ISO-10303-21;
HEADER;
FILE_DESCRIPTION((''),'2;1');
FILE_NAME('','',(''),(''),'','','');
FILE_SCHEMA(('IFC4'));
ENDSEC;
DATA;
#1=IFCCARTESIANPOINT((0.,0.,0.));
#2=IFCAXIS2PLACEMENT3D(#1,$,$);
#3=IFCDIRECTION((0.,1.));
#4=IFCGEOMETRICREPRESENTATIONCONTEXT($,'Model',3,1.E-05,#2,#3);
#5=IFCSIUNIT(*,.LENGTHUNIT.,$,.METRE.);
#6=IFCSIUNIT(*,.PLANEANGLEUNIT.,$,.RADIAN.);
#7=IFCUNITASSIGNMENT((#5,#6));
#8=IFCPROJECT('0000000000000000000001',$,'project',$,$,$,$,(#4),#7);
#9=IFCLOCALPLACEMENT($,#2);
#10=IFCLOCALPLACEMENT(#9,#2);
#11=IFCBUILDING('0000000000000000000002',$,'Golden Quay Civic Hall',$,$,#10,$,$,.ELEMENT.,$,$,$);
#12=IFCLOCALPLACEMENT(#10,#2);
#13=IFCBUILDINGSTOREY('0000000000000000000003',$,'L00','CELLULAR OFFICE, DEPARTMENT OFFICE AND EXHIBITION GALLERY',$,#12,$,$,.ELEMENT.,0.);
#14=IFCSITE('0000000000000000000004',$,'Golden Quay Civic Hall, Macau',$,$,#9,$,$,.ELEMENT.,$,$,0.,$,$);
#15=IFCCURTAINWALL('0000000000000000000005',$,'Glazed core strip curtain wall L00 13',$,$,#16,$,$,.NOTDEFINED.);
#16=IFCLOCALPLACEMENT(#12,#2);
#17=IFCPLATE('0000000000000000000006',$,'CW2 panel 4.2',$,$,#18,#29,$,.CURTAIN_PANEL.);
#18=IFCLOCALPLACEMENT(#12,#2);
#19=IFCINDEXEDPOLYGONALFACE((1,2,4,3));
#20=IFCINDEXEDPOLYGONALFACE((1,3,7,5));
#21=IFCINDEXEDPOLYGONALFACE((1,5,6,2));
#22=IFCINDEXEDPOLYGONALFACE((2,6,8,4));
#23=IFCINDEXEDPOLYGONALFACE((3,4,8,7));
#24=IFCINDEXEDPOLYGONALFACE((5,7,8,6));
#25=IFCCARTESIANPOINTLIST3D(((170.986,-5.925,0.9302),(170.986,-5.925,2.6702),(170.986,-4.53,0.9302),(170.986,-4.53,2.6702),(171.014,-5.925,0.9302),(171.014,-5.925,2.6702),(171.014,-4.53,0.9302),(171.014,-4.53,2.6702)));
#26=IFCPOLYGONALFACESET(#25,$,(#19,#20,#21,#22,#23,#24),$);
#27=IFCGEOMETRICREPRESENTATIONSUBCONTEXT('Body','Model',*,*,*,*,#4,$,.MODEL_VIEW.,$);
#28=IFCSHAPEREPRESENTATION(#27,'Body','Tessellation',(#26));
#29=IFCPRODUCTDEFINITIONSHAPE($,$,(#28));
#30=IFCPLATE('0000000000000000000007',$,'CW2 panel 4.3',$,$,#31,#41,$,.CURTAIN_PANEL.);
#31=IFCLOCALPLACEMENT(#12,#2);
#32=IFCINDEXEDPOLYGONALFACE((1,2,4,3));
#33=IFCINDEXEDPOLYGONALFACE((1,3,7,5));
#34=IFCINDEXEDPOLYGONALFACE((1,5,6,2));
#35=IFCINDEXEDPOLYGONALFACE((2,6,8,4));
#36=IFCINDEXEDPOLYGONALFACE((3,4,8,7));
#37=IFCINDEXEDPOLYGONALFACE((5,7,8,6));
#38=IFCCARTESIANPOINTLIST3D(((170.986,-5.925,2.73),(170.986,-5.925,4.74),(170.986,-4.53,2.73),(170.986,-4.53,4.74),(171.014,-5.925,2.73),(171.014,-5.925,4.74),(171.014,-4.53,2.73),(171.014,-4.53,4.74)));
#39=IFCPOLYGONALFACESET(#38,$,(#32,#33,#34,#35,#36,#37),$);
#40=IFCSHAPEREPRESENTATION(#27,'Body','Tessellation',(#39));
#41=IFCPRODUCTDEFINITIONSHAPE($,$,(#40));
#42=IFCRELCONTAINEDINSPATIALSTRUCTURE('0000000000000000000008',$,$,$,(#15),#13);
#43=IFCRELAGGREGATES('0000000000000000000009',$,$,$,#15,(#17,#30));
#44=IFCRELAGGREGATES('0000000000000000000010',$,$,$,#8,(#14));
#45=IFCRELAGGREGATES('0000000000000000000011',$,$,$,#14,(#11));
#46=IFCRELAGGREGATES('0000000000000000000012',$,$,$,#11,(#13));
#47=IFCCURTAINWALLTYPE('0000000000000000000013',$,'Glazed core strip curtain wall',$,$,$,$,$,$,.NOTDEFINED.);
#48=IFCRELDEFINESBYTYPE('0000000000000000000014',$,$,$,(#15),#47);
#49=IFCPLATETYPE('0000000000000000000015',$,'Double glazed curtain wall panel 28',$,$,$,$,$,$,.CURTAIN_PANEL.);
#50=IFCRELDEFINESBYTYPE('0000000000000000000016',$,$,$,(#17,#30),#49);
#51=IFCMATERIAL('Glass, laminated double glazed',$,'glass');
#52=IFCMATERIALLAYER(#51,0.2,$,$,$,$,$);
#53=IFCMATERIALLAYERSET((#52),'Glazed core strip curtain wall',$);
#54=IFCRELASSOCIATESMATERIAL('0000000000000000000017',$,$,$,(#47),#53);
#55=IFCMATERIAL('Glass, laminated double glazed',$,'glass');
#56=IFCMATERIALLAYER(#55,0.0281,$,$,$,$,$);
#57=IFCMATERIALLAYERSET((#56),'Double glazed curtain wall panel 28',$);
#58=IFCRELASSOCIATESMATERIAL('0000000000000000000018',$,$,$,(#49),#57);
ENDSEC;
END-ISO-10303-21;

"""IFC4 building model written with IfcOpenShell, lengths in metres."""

from ifc_helpers import new_model, si_unit, direction, frame, origin, origin_2d, place, context, subcontext, project, spatial, rectangle, extrude, material, layer, layer_set, type_object, element, aggregate, save


model = new_model("IFC4")

# Units and contexts
model_context = context("Model", 3, precision=1e-05, world=origin(), true_north=direction((0.0, 1.0)))
body_context = subcontext(model_context, "Body", "Model", "MODEL_VIEW")
ifc_project = project(units=[si_unit("LENGTHUNIT", "METRE"), si_unit("PLANEANGLEUNIT", "RADIAN")], contexts=[model_context])

# Site, building, storey
site_placement = place(None, origin())
site = spatial("IfcSite", under=ifc_project, at=site_placement, Name="Golden Quay Civic Hall, Macau", CompositionType="ELEMENT", RefElevation=0.0)
building_placement = place(site_placement, origin())
building = spatial("IfcBuilding", under=site, at=building_placement, Name="Golden Quay Civic Hall", CompositionType="ELEMENT")
storey_placement = place(building_placement, origin())
storey = spatial("IfcBuildingStorey", under=building, at=storey_placement, Name="L00", Description="CELLULAR OFFICE, DEPARTMENT OFFICE AND EXHIBITION GALLERY", CompositionType="ELEMENT", Elevation=0.0)

# Curtain wall, plates
ifc_material_1 = material(Name="Glass, laminated double glazed", Category="glass")
ifc_layer_1 = layer(ifc_material_1, 0.2)
ifc_layer_set_1 = layer_set([ifc_layer_1], Name="Glazed core strip curtain wall")
curtain_wall_type = type_object("IfcCurtainWallType", Name="Glazed core strip curtain wall", PredefinedType="NOTDEFINED", material=ifc_layer_set_1)
curtain_wall_placement = place(storey_placement, origin())
curtain_wall = element("IfcCurtainWall", 1, at=curtain_wall_placement, inside=storey, type_object=curtain_wall_type, Name="Glazed core strip curtain wall L00 13", PredefinedType="NOTDEFINED")
ifc_material_2 = material(Name="Glass, laminated double glazed", Category="glass")
ifc_layer_2 = layer(ifc_material_2, 0.0281)
ifc_layer_set_2 = layer_set([ifc_layer_2], Name="Double glazed curtain wall panel 28")
plate_type = type_object("IfcPlateType", Name="Double glazed curtain wall panel 28", PredefinedType="CURTAIN_PANEL", material=ifc_layer_set_2)
plate_1_placement = place(storey_placement, frame((171.0, -5.2275, 0.9302), z_axis=(0.0, 0.0, 1.0), x_axis=(0.0, -1.0, 0.0)))
plate_1 = element("IfcPlate", 2, at=plate_1_placement, type_object=plate_type, Name="CW2 panel 4.2", PredefinedType="CURTAIN_PANEL", context=body_context, shape_type="SweptSolid", body=[
    extrude(rectangle(XDim=1.395, YDim=0.0281, at=origin_2d()), origin(), (0.0, 0.0, 1.0), 1.74),
])
plate_2_placement = place(storey_placement, frame((171.0, -5.2275, 2.73), z_axis=(0.0, 0.0, 1.0), x_axis=(0.0, -1.0, 0.0)))
plate_2 = element("IfcPlate", 3, at=plate_2_placement, type_object=plate_type, Name="CW2 panel 4.3", PredefinedType="CURTAIN_PANEL", context=body_context, shape_type="SweptSolid", body=[
    extrude(rectangle(XDim=1.395, YDim=0.0281, at=origin_2d()), origin(), (0.0, 0.0, 1.0), 2.01),
])
aggregate(curtain_wall, [plate_1, plate_2])

save(model, "model.ifc")
